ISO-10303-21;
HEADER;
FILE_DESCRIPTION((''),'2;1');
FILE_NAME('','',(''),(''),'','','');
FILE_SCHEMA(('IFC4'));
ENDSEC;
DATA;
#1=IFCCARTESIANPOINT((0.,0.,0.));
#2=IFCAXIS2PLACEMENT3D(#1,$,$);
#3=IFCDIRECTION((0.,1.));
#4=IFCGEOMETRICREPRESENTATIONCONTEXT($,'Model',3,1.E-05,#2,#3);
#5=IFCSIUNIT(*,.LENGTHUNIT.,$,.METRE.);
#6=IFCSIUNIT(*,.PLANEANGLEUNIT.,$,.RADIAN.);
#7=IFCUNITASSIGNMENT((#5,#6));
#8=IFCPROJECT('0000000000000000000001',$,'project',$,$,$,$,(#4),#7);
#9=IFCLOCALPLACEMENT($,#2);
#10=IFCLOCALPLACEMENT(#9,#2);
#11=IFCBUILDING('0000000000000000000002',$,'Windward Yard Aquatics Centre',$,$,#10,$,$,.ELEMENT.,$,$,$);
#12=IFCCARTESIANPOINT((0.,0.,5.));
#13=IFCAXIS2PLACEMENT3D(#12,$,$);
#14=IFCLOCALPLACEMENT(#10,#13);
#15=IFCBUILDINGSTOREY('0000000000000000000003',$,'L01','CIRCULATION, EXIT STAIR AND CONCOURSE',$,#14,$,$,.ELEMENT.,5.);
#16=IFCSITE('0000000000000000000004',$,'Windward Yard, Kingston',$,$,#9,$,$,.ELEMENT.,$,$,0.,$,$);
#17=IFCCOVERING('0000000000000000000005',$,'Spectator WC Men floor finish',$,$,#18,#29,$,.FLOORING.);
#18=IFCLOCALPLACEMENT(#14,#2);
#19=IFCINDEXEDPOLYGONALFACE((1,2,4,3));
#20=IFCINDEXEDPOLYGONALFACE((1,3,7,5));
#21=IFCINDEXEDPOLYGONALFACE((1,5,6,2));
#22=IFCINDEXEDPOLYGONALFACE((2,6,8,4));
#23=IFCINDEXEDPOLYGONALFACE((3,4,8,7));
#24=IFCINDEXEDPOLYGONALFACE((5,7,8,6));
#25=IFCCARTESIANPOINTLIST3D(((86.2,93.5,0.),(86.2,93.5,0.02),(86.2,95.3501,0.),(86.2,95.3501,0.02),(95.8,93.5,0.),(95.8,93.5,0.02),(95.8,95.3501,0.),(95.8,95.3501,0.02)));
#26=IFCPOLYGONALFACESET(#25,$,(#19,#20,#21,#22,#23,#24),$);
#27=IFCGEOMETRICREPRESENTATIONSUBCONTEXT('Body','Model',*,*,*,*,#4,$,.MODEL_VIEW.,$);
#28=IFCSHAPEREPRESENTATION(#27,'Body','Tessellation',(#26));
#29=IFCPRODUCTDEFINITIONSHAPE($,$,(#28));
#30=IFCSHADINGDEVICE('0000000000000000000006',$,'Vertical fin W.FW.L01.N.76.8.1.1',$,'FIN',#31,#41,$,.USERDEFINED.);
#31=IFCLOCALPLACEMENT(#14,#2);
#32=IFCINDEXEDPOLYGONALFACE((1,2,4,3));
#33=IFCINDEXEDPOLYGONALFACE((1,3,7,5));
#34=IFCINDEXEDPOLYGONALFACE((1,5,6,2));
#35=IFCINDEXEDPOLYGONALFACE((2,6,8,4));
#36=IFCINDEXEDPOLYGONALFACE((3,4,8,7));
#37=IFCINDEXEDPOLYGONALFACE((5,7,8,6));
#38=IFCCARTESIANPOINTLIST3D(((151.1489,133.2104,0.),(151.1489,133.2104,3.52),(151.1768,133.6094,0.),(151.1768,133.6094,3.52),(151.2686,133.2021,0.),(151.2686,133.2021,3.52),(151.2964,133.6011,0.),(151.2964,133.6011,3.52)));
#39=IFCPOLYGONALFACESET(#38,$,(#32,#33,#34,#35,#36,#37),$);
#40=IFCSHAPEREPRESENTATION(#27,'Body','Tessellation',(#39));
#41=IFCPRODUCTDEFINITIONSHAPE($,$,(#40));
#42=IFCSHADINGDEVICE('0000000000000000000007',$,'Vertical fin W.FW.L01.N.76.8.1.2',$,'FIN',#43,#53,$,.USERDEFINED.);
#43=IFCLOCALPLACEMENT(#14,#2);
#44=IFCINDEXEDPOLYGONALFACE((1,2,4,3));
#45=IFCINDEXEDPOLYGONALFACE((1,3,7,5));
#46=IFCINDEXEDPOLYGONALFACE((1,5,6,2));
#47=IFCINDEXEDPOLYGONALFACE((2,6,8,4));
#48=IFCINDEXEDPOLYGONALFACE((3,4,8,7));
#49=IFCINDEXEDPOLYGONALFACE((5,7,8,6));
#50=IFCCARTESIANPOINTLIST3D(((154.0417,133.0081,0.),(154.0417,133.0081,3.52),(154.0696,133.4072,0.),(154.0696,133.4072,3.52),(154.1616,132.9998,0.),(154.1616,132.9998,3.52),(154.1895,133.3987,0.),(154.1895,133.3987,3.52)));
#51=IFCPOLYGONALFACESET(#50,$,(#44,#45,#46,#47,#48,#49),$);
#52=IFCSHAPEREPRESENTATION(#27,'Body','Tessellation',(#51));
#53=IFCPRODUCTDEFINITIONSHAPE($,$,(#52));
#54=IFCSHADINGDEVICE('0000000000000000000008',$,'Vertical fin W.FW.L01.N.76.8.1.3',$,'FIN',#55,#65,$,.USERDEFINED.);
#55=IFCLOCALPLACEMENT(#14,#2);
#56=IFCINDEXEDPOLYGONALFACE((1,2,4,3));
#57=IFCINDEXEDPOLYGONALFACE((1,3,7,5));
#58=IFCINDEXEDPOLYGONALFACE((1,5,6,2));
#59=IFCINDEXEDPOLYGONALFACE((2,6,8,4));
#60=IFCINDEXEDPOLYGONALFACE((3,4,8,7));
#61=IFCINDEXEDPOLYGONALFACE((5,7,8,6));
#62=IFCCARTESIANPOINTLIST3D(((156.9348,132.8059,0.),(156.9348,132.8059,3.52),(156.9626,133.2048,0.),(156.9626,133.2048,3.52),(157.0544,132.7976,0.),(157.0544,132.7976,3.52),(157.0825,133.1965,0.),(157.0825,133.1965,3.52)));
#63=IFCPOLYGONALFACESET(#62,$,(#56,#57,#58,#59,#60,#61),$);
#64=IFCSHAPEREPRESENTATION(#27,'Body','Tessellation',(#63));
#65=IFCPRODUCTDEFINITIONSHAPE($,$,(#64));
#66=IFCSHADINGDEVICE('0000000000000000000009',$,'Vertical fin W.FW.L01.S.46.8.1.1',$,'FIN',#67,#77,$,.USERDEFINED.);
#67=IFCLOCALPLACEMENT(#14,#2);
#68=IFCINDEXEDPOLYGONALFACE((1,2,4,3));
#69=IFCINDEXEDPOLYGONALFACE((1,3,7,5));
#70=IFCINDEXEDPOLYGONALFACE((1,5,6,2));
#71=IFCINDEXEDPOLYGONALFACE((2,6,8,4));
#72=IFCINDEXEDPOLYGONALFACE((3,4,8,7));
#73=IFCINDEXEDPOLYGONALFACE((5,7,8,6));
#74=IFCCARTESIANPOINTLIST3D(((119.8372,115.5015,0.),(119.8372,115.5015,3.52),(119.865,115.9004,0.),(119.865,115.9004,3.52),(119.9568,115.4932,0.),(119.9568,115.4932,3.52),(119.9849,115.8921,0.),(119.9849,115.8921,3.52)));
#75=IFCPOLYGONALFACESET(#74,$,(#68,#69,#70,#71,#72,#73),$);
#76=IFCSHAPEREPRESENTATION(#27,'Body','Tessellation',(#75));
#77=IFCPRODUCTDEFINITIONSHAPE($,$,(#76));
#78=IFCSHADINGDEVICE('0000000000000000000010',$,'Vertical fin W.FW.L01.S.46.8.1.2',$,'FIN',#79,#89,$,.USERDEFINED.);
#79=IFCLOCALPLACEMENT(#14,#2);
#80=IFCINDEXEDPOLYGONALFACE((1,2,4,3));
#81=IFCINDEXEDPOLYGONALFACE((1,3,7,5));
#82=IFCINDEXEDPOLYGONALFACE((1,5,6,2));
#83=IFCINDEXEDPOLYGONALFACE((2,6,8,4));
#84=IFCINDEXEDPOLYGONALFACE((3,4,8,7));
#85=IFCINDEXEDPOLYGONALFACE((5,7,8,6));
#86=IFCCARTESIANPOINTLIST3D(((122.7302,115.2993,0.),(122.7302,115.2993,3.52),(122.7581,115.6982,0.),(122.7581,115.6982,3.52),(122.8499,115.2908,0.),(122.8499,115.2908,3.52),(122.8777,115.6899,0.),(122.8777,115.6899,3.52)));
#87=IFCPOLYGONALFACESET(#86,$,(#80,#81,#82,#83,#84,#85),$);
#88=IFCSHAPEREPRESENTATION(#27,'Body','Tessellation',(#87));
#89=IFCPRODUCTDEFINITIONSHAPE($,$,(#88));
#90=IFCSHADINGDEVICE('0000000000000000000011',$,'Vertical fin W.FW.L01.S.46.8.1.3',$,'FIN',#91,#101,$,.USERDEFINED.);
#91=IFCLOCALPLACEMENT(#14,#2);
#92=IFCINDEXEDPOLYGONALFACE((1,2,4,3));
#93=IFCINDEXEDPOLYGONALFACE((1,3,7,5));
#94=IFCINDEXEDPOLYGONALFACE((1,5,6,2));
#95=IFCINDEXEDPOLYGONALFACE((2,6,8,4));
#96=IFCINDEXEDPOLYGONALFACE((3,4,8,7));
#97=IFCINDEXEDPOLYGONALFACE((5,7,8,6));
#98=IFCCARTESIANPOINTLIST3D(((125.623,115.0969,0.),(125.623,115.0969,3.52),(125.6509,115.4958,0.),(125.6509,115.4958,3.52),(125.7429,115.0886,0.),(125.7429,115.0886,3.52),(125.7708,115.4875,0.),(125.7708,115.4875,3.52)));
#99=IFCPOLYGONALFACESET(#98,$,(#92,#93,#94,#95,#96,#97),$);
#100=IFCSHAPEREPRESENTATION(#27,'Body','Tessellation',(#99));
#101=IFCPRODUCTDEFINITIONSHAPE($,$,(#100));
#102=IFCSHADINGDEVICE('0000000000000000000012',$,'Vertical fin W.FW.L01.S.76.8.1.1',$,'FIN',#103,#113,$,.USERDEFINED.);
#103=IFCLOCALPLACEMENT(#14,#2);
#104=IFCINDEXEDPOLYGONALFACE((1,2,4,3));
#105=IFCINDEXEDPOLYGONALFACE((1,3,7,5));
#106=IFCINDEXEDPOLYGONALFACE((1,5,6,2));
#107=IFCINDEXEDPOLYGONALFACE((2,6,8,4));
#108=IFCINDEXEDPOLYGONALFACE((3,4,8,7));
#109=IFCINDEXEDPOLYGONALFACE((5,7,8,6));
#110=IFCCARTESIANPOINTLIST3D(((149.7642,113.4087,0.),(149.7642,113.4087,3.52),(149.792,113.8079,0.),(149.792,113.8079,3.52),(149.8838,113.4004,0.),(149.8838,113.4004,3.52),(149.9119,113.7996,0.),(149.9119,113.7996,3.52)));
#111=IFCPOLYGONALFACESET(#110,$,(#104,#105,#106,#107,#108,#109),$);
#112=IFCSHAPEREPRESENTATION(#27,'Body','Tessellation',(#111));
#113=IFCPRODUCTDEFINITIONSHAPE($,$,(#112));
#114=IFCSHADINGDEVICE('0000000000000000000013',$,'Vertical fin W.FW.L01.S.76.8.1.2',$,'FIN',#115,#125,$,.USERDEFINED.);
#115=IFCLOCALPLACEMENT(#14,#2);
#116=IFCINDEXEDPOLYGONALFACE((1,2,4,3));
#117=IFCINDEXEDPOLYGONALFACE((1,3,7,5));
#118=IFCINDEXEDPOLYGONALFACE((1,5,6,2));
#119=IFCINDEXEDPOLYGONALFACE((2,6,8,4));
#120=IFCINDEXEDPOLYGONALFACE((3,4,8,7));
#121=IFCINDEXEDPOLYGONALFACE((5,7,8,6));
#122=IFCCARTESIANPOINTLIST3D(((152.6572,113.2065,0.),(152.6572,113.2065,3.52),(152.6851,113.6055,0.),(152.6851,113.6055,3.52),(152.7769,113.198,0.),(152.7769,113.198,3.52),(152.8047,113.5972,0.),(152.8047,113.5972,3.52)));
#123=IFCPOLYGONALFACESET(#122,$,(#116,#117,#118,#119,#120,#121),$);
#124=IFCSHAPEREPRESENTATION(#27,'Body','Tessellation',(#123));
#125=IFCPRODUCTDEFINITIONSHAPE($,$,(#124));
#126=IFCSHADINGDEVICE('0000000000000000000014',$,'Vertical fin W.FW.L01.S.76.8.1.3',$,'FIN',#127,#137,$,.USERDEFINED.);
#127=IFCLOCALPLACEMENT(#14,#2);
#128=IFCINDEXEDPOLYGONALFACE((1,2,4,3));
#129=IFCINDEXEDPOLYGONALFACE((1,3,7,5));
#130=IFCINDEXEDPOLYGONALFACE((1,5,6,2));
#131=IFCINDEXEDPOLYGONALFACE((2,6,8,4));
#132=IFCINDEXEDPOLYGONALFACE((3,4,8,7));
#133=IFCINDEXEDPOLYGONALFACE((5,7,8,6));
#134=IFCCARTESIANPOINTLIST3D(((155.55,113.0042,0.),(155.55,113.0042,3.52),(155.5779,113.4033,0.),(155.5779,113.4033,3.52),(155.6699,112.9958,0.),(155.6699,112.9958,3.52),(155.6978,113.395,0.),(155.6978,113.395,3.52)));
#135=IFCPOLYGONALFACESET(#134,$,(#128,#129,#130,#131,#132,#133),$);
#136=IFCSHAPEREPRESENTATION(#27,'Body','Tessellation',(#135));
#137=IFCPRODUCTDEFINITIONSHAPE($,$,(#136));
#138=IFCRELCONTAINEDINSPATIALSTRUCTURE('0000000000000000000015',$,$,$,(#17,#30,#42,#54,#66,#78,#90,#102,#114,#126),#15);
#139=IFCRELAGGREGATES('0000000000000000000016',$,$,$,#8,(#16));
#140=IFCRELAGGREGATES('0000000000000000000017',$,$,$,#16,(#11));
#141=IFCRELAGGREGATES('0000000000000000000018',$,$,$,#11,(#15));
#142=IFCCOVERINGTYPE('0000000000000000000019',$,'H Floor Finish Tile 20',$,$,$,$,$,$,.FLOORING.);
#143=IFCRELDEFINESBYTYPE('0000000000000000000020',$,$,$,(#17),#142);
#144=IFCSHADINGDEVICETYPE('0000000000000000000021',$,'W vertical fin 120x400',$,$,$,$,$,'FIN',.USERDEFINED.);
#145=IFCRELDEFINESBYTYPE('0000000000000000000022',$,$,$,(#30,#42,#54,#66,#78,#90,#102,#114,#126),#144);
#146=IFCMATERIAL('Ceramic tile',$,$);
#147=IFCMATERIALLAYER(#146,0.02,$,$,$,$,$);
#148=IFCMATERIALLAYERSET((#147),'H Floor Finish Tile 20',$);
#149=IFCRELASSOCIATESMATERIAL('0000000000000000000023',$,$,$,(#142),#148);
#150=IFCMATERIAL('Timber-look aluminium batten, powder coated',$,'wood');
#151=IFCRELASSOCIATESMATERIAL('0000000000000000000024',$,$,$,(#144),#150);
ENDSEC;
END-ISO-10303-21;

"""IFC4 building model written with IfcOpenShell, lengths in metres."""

from ifc_helpers import new_model, si_unit, direction, frame, origin, place, context, subcontext, project, spatial, polyline, outline, extrude, material, layer, layer_set, type_object, element, save


model = new_model("IFC4")

# Units and contexts
model_context = context("Model", 3, precision=1e-05, world=origin(), true_north=direction((0.0, 1.0)))
body_context = subcontext(model_context, "Body", "Model", "MODEL_VIEW")
ifc_project = project(units=[si_unit("LENGTHUNIT", "METRE"), si_unit("PLANEANGLEUNIT", "RADIAN")], contexts=[model_context])

# Site, building, storey
site_placement = place(None, origin())
site = spatial("IfcSite", under=ifc_project, at=site_placement, Name="Windward Yard, Kingston", CompositionType="ELEMENT", RefElevation=0.0)
building_placement = place(site_placement, origin())
building = spatial("IfcBuilding", under=site, at=building_placement, Name="Windward Yard Aquatics Centre", CompositionType="ELEMENT")
storey_placement = place(building_placement, frame((0.0, 0.0, 5.0)))
storey = spatial("IfcBuildingStorey", under=building, at=storey_placement, Name="L01", Description="CIRCULATION, EXIT STAIR AND CONCOURSE", CompositionType="ELEMENT", Elevation=5.0)

# Covering
ifc_material_1 = material(Name="Ceramic tile")
ifc_layer_1 = layer(ifc_material_1, 0.02)
ifc_layer_set_1 = layer_set([ifc_layer_1], Name="H Floor Finish Tile 20")
covering_type_1 = type_object("IfcCoveringType", Name="H Floor Finish Tile 20", PredefinedType="FLOORING", material=ifc_layer_set_1)
covering_1_placement = place(storey_placement, origin())
element("IfcCovering", 1, at=covering_1_placement, inside=storey, type_object=covering_type_1, Name="Spectator WC Men floor finish", PredefinedType="FLOORING", context=body_context, shape_type="SweptSolid", body=[
    extrude(outline(polyline([(86.2, 93.5), (86.2, 95.3501), (95.8, 95.3501), (95.8, 93.5), (86.2, 93.5)])), origin(), (0.0, 0.0, 1.0), 0.02),
])

# Shading devices
ifc_material_2 = material(Name="Timber-look aluminium batten, powder coated", Category="wood")
shading_device_type = type_object("IfcShadingDeviceType", Name="W vertical fin 120x400", ElementType="FIN", PredefinedType="USERDEFINED", material=ifc_material_2)
shading_device_1_placement = place(storey_placement, origin())
element("IfcShadingDevice", 2, at=shading_device_1_placement, inside=storey, type_object=shading_device_type, Name="Vertical fin W.FW.L01.N.76.8.1.1", ObjectType="FIN", PredefinedType="USERDEFINED", context=body_context, shape_type="SweptSolid", body=[
    extrude(outline(polyline([(151.1489, 133.2104), (151.2686, 133.2021), (151.2964, 133.6011), (151.1768, 133.6094), (151.1489, 133.2104)])), origin(), (0.0, 0.0, 1.0), 3.52),
])
shading_device_2_placement = place(storey_placement, origin())
element("IfcShadingDevice", 3, at=shading_device_2_placement, inside=storey, type_object=shading_device_type, Name="Vertical fin W.FW.L01.N.76.8.1.2", ObjectType="FIN", PredefinedType="USERDEFINED", context=body_context, shape_type="SweptSolid", body=[
    extrude(outline(polyline([(154.0417, 133.0081), (154.1616, 132.9998), (154.1895, 133.3987), (154.0696, 133.4072), (154.0417, 133.0081)])), origin(), (0.0, 0.0, 1.0), 3.52),
])
shading_device_3_placement = place(storey_placement, origin())
element("IfcShadingDevice", 4, at=shading_device_3_placement, inside=storey, type_object=shading_device_type, Name="Vertical fin W.FW.L01.N.76.8.1.3", ObjectType="FIN", PredefinedType="USERDEFINED", context=body_context, shape_type="SweptSolid", body=[
    extrude(outline(polyline([(156.9348, 132.8059), (157.0544, 132.7976), (157.0825, 133.1965), (156.9626, 133.2048), (156.9348, 132.8059)])), origin(), (0.0, 0.0, 1.0), 3.52),
])
shading_device_4_placement = place(storey_placement, origin())
element("IfcShadingDevice", 5, at=shading_device_4_placement, inside=storey, type_object=shading_device_type, Name="Vertical fin W.FW.L01.S.46.8.1.1", ObjectType="FIN", PredefinedType="USERDEFINED", context=body_context, shape_type="SweptSolid", body=[
    extrude(outline(polyline([(119.8372, 115.5015), (119.865, 115.9004), (119.9849, 115.8921), (119.9568, 115.4932), (119.8372, 115.5015)])), origin(), (0.0, 0.0, 1.0), 3.52),
])
shading_device_5_placement = place(storey_placement, origin())
element("IfcShadingDevice", 6, at=shading_device_5_placement, inside=storey, type_object=shading_device_type, Name="Vertical fin W.FW.L01.S.46.8.1.2", ObjectType="FIN", PredefinedType="USERDEFINED", context=body_context, shape_type="SweptSolid", body=[
    extrude(outline(polyline([(122.7302, 115.2993), (122.7581, 115.6982), (122.8777, 115.6899), (122.8499, 115.2908), (122.7302, 115.2993)])), origin(), (0.0, 0.0, 1.0), 3.52),
])
shading_device_6_placement = place(storey_placement, origin())
element("IfcShadingDevice", 7, at=shading_device_6_placement, inside=storey, type_object=shading_device_type, Name="Vertical fin W.FW.L01.S.46.8.1.3", ObjectType="FIN", PredefinedType="USERDEFINED", context=body_context, shape_type="SweptSolid", body=[
    extrude(outline(polyline([(125.623, 115.0969), (125.6509, 115.4958), (125.7708, 115.4875), (125.7429, 115.0886), (125.623, 115.0969)])), origin(), (0.0, 0.0, 1.0), 3.52),
])
shading_device_7_placement = place(storey_placement, origin())
element("IfcShadingDevice", 8, at=shading_device_7_placement, inside=storey, type_object=shading_device_type, Name="Vertical fin W.FW.L01.S.76.8.1.1", ObjectType="FIN", PredefinedType="USERDEFINED", context=body_context, shape_type="SweptSolid", body=[
    extrude(outline(polyline([(149.7642, 113.4087), (149.792, 113.8079), (149.9119, 113.7996), (149.8838, 113.4004), (149.7642, 113.4087)])), origin(), (0.0, 0.0, 1.0), 3.52),
])
shading_device_8_placement = place(storey_placement, origin())
element("IfcShadingDevice", 9, at=shading_device_8_placement, inside=storey, type_object=shading_device_type, Name="Vertical fin W.FW.L01.S.76.8.1.2", ObjectType="FIN", PredefinedType="USERDEFINED", context=body_context, shape_type="SweptSolid", body=[
    extrude(outline(polyline([(152.6572, 113.2065), (152.6851, 113.6055), (152.8047, 113.5972), (152.7769, 113.198), (152.6572, 113.2065)])), origin(), (0.0, 0.0, 1.0), 3.52),
])
shading_device_9_placement = place(storey_placement, origin())
element("IfcShadingDevice", 10, at=shading_device_9_placement, inside=storey, type_object=shading_device_type, Name="Vertical fin W.FW.L01.S.76.8.1.3", ObjectType="FIN", PredefinedType="USERDEFINED", context=body_context, shape_type="SweptSolid", body=[
    extrude(outline(polyline([(155.55, 113.0042), (155.5779, 113.4033), (155.6978, 113.395), (155.6699, 112.9958), (155.55, 113.0042)])), origin(), (0.0, 0.0, 1.0), 3.52),
])

save(model, "model.ifc")
